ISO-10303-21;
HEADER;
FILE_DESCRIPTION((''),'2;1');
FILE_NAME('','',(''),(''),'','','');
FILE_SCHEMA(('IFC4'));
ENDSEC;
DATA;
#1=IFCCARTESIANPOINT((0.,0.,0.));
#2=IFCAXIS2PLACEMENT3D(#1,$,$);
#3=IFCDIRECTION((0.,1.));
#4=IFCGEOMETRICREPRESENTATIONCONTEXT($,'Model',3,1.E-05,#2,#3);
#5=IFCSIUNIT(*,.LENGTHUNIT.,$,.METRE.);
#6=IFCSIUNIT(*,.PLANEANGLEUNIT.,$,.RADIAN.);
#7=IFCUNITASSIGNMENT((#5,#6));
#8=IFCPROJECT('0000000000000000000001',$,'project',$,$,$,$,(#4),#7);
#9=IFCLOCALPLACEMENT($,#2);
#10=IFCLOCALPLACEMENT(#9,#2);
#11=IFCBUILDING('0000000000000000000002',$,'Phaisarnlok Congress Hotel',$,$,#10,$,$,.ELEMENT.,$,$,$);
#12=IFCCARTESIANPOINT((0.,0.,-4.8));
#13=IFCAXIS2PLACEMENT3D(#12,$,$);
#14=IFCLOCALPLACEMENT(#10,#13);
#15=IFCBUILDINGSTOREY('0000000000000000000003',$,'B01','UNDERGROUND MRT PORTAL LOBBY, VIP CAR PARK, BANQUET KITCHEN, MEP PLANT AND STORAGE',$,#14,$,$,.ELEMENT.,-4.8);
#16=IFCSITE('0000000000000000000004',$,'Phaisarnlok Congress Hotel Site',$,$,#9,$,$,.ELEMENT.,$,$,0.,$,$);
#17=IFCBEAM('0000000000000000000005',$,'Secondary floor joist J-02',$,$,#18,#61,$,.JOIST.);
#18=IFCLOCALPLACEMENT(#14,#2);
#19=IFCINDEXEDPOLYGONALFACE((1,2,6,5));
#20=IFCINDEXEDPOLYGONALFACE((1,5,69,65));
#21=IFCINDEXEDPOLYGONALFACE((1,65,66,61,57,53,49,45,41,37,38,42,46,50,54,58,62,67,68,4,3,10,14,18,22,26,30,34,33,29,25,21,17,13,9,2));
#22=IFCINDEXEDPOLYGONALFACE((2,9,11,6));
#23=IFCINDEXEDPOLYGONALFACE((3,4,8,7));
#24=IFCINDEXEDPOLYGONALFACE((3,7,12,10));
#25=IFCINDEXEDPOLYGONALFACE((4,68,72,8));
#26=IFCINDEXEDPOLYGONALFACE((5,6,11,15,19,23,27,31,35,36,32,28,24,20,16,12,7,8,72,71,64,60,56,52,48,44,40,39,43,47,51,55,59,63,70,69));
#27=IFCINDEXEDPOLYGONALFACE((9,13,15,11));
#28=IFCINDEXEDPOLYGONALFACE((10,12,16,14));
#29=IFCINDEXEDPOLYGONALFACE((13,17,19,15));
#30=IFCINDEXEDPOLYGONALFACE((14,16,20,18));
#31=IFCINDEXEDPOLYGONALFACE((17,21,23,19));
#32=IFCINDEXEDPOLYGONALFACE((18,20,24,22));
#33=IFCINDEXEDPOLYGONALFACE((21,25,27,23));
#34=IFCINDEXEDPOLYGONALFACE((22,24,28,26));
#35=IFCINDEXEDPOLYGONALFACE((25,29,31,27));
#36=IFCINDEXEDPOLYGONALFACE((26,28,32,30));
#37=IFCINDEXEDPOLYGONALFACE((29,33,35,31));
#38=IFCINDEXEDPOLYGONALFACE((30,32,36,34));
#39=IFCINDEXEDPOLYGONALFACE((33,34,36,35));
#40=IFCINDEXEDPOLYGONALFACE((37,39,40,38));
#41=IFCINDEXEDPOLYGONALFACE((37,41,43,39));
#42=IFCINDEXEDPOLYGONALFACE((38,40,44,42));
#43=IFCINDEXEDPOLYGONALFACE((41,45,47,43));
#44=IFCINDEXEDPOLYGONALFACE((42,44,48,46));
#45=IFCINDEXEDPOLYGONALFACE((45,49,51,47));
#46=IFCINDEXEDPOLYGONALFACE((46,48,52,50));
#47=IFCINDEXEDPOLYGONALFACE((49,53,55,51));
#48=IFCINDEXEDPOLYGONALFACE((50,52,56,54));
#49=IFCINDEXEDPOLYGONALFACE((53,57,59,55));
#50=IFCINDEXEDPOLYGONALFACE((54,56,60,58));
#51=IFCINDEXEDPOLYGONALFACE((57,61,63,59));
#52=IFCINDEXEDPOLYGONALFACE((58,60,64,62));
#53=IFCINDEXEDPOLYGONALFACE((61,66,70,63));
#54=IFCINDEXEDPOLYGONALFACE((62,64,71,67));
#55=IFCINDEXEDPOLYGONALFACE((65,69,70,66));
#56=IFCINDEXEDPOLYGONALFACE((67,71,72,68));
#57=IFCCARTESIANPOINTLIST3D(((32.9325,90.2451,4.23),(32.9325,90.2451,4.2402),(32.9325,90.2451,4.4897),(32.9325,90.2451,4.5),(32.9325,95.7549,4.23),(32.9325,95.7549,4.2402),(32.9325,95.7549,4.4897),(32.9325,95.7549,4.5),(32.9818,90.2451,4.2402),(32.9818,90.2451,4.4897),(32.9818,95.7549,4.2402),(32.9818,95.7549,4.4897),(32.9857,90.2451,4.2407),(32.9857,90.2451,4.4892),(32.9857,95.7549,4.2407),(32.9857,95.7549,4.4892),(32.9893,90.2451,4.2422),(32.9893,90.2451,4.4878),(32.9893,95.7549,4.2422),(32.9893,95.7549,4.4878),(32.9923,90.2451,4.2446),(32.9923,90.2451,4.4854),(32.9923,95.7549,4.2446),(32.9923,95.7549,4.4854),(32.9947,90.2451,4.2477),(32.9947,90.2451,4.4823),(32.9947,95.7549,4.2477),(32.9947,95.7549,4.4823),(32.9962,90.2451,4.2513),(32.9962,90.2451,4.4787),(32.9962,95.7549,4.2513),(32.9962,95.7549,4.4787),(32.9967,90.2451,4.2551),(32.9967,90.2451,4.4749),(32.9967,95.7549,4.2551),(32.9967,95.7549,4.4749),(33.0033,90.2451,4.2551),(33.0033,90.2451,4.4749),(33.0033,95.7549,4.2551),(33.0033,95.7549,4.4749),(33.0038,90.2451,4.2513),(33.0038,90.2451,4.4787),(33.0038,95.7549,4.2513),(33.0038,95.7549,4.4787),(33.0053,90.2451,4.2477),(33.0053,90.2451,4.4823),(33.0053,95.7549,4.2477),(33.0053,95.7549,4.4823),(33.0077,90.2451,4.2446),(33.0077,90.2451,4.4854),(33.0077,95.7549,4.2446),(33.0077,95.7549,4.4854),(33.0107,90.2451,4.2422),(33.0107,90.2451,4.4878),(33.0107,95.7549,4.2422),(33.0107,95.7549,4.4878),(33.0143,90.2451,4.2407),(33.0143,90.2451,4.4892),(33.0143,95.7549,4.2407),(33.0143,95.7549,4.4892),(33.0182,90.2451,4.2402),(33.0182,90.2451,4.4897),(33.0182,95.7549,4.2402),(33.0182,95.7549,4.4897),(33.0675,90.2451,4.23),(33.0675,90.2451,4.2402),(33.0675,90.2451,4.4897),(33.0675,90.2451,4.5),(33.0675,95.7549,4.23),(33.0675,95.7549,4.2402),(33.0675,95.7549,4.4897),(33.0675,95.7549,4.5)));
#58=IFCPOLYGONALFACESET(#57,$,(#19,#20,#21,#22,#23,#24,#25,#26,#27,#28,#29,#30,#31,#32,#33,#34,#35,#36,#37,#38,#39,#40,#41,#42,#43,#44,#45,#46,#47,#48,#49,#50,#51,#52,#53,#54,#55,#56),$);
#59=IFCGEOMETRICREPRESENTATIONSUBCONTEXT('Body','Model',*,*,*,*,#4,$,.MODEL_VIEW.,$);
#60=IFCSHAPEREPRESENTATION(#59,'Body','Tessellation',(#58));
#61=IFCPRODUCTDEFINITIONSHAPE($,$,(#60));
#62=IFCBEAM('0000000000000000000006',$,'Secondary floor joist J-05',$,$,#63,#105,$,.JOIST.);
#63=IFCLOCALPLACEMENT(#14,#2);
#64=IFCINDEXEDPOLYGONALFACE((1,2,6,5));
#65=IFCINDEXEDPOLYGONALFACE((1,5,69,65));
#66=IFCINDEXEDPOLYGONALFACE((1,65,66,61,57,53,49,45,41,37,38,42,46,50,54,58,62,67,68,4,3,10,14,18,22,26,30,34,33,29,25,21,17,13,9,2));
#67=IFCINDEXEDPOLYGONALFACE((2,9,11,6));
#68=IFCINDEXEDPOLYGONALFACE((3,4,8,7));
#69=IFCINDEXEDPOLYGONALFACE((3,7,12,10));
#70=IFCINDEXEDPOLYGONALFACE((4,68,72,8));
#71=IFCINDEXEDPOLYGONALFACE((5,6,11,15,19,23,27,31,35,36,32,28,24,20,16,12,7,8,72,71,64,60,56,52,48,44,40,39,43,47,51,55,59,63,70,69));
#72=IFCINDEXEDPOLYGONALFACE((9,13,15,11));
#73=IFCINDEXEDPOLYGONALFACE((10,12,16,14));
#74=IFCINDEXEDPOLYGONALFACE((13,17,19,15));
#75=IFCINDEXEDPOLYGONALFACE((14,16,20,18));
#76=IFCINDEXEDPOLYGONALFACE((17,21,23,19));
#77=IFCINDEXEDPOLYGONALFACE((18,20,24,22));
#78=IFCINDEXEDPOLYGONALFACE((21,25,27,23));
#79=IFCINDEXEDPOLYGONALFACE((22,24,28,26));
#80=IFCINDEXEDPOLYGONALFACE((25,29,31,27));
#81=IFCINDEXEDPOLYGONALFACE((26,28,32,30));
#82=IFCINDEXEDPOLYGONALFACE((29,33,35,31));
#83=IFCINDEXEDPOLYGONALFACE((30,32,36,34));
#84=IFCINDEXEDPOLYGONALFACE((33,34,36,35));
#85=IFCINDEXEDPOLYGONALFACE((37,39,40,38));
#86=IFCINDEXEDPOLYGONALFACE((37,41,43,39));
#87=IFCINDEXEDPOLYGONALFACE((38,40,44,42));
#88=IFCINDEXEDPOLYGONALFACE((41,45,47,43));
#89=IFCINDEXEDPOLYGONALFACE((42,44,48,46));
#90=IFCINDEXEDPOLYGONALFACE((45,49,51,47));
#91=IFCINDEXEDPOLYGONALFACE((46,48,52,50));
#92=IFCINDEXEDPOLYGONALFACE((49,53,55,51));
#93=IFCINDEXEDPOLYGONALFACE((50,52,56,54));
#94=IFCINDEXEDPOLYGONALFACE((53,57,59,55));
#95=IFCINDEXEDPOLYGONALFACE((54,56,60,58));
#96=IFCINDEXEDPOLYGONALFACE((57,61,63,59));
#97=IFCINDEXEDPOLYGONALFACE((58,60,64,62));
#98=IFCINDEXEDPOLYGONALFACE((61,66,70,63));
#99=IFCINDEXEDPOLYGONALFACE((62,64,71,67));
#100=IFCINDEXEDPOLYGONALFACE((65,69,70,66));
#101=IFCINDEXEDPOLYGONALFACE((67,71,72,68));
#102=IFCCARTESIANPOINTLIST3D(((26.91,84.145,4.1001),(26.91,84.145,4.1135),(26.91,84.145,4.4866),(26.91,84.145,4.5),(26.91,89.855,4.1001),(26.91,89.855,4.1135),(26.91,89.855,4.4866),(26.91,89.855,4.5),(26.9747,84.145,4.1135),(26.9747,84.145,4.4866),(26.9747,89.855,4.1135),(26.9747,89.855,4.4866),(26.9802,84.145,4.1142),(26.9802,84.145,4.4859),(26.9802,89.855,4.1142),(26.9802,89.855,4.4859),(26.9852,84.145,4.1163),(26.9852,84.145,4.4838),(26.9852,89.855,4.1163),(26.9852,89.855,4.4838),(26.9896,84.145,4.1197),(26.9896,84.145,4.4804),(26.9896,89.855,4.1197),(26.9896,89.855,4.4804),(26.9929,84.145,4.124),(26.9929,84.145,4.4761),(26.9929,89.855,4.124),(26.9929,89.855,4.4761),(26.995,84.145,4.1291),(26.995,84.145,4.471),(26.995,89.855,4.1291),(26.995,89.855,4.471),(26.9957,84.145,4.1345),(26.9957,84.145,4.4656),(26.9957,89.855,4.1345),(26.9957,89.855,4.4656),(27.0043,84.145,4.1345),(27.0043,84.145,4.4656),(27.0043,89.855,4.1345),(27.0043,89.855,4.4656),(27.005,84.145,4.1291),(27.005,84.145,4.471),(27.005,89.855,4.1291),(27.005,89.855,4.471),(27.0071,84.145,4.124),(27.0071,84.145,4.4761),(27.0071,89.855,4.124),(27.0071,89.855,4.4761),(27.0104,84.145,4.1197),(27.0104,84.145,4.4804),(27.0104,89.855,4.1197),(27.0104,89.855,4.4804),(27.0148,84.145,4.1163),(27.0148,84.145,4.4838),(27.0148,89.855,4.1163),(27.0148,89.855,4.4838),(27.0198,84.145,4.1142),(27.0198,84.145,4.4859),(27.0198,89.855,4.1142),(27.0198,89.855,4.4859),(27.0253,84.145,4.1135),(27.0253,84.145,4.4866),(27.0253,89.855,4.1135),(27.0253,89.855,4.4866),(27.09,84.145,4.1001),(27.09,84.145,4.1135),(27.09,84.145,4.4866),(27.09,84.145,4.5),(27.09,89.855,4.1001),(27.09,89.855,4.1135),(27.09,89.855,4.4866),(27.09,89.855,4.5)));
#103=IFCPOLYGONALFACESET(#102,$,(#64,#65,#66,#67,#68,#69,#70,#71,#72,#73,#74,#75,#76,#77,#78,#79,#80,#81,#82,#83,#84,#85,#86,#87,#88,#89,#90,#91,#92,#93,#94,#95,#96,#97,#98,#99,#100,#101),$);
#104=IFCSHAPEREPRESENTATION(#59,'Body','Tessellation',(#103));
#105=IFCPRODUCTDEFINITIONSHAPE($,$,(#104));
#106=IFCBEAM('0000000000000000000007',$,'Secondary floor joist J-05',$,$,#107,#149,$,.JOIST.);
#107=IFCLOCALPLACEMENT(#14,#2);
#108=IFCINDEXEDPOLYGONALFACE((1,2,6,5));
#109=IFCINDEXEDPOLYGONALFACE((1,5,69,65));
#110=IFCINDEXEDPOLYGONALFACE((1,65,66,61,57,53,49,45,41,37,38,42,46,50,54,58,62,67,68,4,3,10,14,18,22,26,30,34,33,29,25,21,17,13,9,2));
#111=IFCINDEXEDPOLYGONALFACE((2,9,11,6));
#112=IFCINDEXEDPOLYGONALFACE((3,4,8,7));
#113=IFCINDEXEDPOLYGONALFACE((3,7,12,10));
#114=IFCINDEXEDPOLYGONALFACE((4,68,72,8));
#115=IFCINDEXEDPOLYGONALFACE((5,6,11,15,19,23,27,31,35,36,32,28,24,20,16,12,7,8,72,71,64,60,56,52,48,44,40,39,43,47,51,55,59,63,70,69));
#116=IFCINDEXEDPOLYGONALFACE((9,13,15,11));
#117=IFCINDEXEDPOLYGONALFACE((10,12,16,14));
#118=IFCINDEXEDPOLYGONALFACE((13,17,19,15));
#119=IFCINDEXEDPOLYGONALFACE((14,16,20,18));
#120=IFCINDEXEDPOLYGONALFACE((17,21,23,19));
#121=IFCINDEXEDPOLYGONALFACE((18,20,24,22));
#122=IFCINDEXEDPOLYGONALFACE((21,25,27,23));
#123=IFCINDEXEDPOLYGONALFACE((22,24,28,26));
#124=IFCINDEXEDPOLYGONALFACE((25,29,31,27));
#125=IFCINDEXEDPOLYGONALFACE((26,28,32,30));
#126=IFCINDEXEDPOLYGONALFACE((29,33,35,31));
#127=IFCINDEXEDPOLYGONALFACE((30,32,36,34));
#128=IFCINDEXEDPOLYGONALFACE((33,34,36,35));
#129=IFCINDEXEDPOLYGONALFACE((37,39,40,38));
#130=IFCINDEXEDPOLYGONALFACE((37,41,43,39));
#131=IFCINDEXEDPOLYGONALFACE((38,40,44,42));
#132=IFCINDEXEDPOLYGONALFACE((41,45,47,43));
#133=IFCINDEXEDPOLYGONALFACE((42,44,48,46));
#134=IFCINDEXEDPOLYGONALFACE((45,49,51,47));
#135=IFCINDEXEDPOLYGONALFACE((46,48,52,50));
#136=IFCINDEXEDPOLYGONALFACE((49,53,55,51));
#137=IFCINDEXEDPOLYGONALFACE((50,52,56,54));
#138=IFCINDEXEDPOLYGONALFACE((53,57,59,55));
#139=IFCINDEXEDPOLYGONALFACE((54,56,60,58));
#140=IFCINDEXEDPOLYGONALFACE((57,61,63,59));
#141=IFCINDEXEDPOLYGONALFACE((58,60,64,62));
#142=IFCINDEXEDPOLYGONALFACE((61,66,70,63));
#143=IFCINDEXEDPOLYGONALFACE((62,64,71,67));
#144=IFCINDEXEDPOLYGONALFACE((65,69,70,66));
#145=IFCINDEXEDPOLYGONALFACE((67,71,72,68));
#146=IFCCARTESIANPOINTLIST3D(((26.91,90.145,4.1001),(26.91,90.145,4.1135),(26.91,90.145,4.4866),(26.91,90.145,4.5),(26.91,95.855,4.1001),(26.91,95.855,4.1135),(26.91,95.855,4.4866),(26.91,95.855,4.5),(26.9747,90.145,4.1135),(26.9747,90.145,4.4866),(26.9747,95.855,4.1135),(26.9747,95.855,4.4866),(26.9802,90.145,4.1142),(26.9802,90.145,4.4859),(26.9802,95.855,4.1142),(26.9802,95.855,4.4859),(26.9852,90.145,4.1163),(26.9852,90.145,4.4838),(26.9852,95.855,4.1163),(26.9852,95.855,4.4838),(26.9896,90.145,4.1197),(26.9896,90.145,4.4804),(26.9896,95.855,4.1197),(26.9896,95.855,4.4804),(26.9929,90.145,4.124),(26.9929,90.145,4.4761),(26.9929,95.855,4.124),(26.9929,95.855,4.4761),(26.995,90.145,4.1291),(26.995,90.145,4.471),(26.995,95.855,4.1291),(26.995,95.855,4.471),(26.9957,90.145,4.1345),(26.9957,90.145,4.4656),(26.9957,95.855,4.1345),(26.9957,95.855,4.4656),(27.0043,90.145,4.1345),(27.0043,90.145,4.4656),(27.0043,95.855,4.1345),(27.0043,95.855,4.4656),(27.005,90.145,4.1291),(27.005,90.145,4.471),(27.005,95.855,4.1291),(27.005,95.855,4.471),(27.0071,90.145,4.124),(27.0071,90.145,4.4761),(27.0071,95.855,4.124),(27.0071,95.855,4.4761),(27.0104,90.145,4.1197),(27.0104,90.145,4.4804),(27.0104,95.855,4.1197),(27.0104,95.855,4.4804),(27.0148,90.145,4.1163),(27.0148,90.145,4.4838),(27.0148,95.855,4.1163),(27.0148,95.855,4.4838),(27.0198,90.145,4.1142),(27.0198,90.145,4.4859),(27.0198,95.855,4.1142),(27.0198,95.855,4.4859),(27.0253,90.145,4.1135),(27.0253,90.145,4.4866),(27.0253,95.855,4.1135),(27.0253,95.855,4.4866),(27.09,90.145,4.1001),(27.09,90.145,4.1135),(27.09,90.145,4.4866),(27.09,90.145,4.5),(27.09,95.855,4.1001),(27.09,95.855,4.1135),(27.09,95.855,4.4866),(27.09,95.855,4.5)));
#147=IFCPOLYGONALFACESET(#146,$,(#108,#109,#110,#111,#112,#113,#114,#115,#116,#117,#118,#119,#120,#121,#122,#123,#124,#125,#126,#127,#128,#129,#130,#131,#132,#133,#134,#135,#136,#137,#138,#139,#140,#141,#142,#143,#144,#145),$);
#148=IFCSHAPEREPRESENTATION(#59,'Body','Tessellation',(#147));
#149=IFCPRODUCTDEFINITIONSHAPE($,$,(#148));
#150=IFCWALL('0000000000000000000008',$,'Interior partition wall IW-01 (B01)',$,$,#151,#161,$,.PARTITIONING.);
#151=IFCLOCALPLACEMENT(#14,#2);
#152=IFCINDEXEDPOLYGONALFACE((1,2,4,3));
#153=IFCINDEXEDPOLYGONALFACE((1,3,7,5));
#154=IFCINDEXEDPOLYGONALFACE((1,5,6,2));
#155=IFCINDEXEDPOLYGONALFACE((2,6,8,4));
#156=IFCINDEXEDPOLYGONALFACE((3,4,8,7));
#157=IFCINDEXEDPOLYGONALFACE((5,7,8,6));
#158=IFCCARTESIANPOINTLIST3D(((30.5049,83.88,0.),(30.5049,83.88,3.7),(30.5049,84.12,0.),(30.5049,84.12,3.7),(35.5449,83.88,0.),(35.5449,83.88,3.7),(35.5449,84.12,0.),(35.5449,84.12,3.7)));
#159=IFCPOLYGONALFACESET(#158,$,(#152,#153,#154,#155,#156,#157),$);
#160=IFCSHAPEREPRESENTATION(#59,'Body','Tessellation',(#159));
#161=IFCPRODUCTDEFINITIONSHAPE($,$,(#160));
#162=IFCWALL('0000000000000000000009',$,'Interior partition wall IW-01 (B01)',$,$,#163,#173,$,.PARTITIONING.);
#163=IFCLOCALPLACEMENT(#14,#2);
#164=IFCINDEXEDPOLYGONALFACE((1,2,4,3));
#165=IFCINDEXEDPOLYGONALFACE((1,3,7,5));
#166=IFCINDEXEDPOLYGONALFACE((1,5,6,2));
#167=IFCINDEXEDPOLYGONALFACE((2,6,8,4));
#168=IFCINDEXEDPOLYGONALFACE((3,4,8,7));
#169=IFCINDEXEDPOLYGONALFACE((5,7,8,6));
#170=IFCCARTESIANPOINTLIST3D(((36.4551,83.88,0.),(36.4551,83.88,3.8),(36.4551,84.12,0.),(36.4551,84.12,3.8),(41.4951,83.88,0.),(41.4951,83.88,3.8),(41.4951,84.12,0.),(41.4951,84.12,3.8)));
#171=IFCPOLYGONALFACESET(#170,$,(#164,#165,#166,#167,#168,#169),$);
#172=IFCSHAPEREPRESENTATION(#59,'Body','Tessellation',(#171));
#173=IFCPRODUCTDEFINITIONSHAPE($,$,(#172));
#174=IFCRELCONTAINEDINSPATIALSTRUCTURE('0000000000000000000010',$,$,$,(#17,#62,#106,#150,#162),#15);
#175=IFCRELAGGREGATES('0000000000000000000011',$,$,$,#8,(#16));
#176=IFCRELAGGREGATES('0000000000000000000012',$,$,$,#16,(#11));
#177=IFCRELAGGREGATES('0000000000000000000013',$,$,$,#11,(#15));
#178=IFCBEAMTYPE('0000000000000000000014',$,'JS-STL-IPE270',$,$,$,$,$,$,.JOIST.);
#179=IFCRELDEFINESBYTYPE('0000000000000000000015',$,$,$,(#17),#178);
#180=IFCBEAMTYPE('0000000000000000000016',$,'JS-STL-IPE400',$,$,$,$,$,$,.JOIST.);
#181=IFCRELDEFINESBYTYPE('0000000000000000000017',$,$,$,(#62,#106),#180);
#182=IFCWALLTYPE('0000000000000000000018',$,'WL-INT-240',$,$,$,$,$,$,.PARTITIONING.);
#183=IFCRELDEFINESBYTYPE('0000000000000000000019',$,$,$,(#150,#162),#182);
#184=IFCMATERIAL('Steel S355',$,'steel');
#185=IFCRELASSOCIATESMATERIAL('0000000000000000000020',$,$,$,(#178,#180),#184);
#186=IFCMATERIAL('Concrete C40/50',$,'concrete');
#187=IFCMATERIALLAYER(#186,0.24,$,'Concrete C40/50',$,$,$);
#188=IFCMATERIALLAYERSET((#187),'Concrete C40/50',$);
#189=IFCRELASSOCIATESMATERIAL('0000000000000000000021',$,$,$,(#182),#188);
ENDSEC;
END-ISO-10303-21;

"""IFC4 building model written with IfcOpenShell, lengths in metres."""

from ifc_helpers import new_model, si_unit, direction, frame, frame_2d, origin, origin_2d, place, context, subcontext, project, spatial, rectangle, i_section, extrude, material, layer, layer_set, material_profile, profile_set, type_object, element, save


model = new_model("IFC4")

# Units and contexts
model_context = context("Model", 3, precision=1e-05, world=origin(), true_north=direction((0.0, 1.0)))
body_context = subcontext(model_context, "Body", "Model", "MODEL_VIEW")
ifc_project = project(units=[si_unit("LENGTHUNIT", "METRE"), si_unit("PLANEANGLEUNIT", "RADIAN")], contexts=[model_context])

# Site, building, storey
site_placement = place(None, origin())
site = spatial("IfcSite", under=ifc_project, at=site_placement, Name="Phaisarnlok Congress Hotel Site", CompositionType="ELEMENT", RefElevation=0.0)
building_placement = place(site_placement, origin())
building = spatial("IfcBuilding", under=site, at=building_placement, Name="Phaisarnlok Congress Hotel", CompositionType="ELEMENT")
storey_placement = place(building_placement, frame((0.0, 0.0, -4.8)))
storey = spatial("IfcBuildingStorey", under=building, at=storey_placement, Name="B01", Description="UNDERGROUND MRT PORTAL LOBBY, VIP CAR PARK, BANQUET KITCHEN, MEP PLANT AND STORAGE", CompositionType="ELEMENT", Elevation=-4.8)

# Shared definitions
ifc_material_1 = material(Name="Concrete C40/50", Category="concrete")

# Beams
ifc_material_2 = material(Name="Steel S355", Category="steel")
ifc_material_profile_1 = material_profile(ifc_material_2, i_section(OverallWidth=0.135, OverallDepth=0.27, WebThickness=0.0066, FlangeThickness=0.0103, FilletRadius=0.0149, at=origin_2d()), Name="IPE 270")
ifc_profile_set_1 = profile_set([ifc_material_profile_1], Name="Steel S355")
beam_type_1 = type_object("IfcBeamType", Name="JS-STL-IPE270", PredefinedType="JOIST", material=ifc_profile_set_1)
for number, where, z_axis, x_axis, name in (
    (1, (33.0, 90.2451, 4.365), (0.0, 1.0, 0.0), (-1.0, 0.0, 0.0), "Secondary floor joist J-02"),
):
    element("IfcBeam", number, at=place(storey_placement, frame(where, z_axis=z_axis, x_axis=x_axis)), inside=storey, type_object=beam_type_1, Name=name, PredefinedType="JOIST", context=body_context, shape_type="SweptSolid", body=[
        extrude(i_section(OverallWidth=0.135, OverallDepth=0.27, WebThickness=0.0066, FlangeThickness=0.0103, FilletRadius=0.0149, at=origin_2d()), origin(), (0.0, 0.0, 1.0), 5.5098),
    ])
ifc_material_profile_2 = material_profile(ifc_material_2, i_section(OverallWidth=0.1799, OverallDepth=0.3999, WebThickness=0.0085, FlangeThickness=0.0134, FilletRadius=0.021, at=origin_2d()), Name="IPE 400")
ifc_profile_set_2 = profile_set([ifc_material_profile_2], Name="Steel S355")
beam_type_2 = type_object("IfcBeamType", Name="JS-STL-IPE400", PredefinedType="JOIST", material=ifc_profile_set_2)
for number, where, z_axis, x_axis, name in (
    (2, (27.0, 84.145, 4.3), (0.0, 1.0, 0.0), (-1.0, 0.0, 0.0), "Secondary floor joist J-05"),
    (3, (27.0, 90.145, 4.3), (0.0, 1.0, 0.0), (-1.0, 0.0, 0.0), "Secondary floor joist J-05"),
):
    element("IfcBeam", number, at=place(storey_placement, frame(where, z_axis=z_axis, x_axis=x_axis)), inside=storey, type_object=beam_type_2, Name=name, PredefinedType="JOIST", context=body_context, shape_type="SweptSolid", body=[
        extrude(i_section(OverallWidth=0.1799, OverallDepth=0.3999, WebThickness=0.0085, FlangeThickness=0.0134, FilletRadius=0.021, at=origin_2d()), origin(), (0.0, 0.0, 1.0), 5.71),
    ])

# Walls
ifc_layer = layer(ifc_material_1, 0.24, Name="Concrete C40/50")
ifc_layer_set = layer_set([ifc_layer], Name="Concrete C40/50")
wall_type = type_object("IfcWallType", Name="WL-INT-240", PredefinedType="PARTITIONING", material=ifc_layer_set)
wall_1_placement = place(storey_placement, frame((30.5049, 84.0, 0.0), z_axis=(0.0, 0.0, 1.0), x_axis=(1.0, 0.0, 0.0)))
element("IfcWall", 4, at=wall_1_placement, inside=storey, type_object=wall_type, Name="Interior partition wall IW-01 (B01)", PredefinedType="PARTITIONING", context=body_context, shape_type="SweptSolid", body=[
    extrude(rectangle(XDim=5.04, YDim=0.24, at=frame_2d((2.52, 0.0))), origin(), (0.0, 0.0, 1.0), 3.7),
])
wall_2_placement = place(storey_placement, frame((36.4551, 84.0, 0.0), z_axis=(0.0, 0.0, 1.0), x_axis=(1.0, 0.0, 0.0)))
element("IfcWall", 5, at=wall_2_placement, inside=storey, type_object=wall_type, Name="Interior partition wall IW-01 (B01)", PredefinedType="PARTITIONING", context=body_context, shape_type="SweptSolid", body=[
    extrude(rectangle(XDim=5.04, YDim=0.24, at=frame_2d((2.52, 0.0))), origin(), (0.0, 0.0, 1.0), 3.8),
])

save(model, "model.ifc")
